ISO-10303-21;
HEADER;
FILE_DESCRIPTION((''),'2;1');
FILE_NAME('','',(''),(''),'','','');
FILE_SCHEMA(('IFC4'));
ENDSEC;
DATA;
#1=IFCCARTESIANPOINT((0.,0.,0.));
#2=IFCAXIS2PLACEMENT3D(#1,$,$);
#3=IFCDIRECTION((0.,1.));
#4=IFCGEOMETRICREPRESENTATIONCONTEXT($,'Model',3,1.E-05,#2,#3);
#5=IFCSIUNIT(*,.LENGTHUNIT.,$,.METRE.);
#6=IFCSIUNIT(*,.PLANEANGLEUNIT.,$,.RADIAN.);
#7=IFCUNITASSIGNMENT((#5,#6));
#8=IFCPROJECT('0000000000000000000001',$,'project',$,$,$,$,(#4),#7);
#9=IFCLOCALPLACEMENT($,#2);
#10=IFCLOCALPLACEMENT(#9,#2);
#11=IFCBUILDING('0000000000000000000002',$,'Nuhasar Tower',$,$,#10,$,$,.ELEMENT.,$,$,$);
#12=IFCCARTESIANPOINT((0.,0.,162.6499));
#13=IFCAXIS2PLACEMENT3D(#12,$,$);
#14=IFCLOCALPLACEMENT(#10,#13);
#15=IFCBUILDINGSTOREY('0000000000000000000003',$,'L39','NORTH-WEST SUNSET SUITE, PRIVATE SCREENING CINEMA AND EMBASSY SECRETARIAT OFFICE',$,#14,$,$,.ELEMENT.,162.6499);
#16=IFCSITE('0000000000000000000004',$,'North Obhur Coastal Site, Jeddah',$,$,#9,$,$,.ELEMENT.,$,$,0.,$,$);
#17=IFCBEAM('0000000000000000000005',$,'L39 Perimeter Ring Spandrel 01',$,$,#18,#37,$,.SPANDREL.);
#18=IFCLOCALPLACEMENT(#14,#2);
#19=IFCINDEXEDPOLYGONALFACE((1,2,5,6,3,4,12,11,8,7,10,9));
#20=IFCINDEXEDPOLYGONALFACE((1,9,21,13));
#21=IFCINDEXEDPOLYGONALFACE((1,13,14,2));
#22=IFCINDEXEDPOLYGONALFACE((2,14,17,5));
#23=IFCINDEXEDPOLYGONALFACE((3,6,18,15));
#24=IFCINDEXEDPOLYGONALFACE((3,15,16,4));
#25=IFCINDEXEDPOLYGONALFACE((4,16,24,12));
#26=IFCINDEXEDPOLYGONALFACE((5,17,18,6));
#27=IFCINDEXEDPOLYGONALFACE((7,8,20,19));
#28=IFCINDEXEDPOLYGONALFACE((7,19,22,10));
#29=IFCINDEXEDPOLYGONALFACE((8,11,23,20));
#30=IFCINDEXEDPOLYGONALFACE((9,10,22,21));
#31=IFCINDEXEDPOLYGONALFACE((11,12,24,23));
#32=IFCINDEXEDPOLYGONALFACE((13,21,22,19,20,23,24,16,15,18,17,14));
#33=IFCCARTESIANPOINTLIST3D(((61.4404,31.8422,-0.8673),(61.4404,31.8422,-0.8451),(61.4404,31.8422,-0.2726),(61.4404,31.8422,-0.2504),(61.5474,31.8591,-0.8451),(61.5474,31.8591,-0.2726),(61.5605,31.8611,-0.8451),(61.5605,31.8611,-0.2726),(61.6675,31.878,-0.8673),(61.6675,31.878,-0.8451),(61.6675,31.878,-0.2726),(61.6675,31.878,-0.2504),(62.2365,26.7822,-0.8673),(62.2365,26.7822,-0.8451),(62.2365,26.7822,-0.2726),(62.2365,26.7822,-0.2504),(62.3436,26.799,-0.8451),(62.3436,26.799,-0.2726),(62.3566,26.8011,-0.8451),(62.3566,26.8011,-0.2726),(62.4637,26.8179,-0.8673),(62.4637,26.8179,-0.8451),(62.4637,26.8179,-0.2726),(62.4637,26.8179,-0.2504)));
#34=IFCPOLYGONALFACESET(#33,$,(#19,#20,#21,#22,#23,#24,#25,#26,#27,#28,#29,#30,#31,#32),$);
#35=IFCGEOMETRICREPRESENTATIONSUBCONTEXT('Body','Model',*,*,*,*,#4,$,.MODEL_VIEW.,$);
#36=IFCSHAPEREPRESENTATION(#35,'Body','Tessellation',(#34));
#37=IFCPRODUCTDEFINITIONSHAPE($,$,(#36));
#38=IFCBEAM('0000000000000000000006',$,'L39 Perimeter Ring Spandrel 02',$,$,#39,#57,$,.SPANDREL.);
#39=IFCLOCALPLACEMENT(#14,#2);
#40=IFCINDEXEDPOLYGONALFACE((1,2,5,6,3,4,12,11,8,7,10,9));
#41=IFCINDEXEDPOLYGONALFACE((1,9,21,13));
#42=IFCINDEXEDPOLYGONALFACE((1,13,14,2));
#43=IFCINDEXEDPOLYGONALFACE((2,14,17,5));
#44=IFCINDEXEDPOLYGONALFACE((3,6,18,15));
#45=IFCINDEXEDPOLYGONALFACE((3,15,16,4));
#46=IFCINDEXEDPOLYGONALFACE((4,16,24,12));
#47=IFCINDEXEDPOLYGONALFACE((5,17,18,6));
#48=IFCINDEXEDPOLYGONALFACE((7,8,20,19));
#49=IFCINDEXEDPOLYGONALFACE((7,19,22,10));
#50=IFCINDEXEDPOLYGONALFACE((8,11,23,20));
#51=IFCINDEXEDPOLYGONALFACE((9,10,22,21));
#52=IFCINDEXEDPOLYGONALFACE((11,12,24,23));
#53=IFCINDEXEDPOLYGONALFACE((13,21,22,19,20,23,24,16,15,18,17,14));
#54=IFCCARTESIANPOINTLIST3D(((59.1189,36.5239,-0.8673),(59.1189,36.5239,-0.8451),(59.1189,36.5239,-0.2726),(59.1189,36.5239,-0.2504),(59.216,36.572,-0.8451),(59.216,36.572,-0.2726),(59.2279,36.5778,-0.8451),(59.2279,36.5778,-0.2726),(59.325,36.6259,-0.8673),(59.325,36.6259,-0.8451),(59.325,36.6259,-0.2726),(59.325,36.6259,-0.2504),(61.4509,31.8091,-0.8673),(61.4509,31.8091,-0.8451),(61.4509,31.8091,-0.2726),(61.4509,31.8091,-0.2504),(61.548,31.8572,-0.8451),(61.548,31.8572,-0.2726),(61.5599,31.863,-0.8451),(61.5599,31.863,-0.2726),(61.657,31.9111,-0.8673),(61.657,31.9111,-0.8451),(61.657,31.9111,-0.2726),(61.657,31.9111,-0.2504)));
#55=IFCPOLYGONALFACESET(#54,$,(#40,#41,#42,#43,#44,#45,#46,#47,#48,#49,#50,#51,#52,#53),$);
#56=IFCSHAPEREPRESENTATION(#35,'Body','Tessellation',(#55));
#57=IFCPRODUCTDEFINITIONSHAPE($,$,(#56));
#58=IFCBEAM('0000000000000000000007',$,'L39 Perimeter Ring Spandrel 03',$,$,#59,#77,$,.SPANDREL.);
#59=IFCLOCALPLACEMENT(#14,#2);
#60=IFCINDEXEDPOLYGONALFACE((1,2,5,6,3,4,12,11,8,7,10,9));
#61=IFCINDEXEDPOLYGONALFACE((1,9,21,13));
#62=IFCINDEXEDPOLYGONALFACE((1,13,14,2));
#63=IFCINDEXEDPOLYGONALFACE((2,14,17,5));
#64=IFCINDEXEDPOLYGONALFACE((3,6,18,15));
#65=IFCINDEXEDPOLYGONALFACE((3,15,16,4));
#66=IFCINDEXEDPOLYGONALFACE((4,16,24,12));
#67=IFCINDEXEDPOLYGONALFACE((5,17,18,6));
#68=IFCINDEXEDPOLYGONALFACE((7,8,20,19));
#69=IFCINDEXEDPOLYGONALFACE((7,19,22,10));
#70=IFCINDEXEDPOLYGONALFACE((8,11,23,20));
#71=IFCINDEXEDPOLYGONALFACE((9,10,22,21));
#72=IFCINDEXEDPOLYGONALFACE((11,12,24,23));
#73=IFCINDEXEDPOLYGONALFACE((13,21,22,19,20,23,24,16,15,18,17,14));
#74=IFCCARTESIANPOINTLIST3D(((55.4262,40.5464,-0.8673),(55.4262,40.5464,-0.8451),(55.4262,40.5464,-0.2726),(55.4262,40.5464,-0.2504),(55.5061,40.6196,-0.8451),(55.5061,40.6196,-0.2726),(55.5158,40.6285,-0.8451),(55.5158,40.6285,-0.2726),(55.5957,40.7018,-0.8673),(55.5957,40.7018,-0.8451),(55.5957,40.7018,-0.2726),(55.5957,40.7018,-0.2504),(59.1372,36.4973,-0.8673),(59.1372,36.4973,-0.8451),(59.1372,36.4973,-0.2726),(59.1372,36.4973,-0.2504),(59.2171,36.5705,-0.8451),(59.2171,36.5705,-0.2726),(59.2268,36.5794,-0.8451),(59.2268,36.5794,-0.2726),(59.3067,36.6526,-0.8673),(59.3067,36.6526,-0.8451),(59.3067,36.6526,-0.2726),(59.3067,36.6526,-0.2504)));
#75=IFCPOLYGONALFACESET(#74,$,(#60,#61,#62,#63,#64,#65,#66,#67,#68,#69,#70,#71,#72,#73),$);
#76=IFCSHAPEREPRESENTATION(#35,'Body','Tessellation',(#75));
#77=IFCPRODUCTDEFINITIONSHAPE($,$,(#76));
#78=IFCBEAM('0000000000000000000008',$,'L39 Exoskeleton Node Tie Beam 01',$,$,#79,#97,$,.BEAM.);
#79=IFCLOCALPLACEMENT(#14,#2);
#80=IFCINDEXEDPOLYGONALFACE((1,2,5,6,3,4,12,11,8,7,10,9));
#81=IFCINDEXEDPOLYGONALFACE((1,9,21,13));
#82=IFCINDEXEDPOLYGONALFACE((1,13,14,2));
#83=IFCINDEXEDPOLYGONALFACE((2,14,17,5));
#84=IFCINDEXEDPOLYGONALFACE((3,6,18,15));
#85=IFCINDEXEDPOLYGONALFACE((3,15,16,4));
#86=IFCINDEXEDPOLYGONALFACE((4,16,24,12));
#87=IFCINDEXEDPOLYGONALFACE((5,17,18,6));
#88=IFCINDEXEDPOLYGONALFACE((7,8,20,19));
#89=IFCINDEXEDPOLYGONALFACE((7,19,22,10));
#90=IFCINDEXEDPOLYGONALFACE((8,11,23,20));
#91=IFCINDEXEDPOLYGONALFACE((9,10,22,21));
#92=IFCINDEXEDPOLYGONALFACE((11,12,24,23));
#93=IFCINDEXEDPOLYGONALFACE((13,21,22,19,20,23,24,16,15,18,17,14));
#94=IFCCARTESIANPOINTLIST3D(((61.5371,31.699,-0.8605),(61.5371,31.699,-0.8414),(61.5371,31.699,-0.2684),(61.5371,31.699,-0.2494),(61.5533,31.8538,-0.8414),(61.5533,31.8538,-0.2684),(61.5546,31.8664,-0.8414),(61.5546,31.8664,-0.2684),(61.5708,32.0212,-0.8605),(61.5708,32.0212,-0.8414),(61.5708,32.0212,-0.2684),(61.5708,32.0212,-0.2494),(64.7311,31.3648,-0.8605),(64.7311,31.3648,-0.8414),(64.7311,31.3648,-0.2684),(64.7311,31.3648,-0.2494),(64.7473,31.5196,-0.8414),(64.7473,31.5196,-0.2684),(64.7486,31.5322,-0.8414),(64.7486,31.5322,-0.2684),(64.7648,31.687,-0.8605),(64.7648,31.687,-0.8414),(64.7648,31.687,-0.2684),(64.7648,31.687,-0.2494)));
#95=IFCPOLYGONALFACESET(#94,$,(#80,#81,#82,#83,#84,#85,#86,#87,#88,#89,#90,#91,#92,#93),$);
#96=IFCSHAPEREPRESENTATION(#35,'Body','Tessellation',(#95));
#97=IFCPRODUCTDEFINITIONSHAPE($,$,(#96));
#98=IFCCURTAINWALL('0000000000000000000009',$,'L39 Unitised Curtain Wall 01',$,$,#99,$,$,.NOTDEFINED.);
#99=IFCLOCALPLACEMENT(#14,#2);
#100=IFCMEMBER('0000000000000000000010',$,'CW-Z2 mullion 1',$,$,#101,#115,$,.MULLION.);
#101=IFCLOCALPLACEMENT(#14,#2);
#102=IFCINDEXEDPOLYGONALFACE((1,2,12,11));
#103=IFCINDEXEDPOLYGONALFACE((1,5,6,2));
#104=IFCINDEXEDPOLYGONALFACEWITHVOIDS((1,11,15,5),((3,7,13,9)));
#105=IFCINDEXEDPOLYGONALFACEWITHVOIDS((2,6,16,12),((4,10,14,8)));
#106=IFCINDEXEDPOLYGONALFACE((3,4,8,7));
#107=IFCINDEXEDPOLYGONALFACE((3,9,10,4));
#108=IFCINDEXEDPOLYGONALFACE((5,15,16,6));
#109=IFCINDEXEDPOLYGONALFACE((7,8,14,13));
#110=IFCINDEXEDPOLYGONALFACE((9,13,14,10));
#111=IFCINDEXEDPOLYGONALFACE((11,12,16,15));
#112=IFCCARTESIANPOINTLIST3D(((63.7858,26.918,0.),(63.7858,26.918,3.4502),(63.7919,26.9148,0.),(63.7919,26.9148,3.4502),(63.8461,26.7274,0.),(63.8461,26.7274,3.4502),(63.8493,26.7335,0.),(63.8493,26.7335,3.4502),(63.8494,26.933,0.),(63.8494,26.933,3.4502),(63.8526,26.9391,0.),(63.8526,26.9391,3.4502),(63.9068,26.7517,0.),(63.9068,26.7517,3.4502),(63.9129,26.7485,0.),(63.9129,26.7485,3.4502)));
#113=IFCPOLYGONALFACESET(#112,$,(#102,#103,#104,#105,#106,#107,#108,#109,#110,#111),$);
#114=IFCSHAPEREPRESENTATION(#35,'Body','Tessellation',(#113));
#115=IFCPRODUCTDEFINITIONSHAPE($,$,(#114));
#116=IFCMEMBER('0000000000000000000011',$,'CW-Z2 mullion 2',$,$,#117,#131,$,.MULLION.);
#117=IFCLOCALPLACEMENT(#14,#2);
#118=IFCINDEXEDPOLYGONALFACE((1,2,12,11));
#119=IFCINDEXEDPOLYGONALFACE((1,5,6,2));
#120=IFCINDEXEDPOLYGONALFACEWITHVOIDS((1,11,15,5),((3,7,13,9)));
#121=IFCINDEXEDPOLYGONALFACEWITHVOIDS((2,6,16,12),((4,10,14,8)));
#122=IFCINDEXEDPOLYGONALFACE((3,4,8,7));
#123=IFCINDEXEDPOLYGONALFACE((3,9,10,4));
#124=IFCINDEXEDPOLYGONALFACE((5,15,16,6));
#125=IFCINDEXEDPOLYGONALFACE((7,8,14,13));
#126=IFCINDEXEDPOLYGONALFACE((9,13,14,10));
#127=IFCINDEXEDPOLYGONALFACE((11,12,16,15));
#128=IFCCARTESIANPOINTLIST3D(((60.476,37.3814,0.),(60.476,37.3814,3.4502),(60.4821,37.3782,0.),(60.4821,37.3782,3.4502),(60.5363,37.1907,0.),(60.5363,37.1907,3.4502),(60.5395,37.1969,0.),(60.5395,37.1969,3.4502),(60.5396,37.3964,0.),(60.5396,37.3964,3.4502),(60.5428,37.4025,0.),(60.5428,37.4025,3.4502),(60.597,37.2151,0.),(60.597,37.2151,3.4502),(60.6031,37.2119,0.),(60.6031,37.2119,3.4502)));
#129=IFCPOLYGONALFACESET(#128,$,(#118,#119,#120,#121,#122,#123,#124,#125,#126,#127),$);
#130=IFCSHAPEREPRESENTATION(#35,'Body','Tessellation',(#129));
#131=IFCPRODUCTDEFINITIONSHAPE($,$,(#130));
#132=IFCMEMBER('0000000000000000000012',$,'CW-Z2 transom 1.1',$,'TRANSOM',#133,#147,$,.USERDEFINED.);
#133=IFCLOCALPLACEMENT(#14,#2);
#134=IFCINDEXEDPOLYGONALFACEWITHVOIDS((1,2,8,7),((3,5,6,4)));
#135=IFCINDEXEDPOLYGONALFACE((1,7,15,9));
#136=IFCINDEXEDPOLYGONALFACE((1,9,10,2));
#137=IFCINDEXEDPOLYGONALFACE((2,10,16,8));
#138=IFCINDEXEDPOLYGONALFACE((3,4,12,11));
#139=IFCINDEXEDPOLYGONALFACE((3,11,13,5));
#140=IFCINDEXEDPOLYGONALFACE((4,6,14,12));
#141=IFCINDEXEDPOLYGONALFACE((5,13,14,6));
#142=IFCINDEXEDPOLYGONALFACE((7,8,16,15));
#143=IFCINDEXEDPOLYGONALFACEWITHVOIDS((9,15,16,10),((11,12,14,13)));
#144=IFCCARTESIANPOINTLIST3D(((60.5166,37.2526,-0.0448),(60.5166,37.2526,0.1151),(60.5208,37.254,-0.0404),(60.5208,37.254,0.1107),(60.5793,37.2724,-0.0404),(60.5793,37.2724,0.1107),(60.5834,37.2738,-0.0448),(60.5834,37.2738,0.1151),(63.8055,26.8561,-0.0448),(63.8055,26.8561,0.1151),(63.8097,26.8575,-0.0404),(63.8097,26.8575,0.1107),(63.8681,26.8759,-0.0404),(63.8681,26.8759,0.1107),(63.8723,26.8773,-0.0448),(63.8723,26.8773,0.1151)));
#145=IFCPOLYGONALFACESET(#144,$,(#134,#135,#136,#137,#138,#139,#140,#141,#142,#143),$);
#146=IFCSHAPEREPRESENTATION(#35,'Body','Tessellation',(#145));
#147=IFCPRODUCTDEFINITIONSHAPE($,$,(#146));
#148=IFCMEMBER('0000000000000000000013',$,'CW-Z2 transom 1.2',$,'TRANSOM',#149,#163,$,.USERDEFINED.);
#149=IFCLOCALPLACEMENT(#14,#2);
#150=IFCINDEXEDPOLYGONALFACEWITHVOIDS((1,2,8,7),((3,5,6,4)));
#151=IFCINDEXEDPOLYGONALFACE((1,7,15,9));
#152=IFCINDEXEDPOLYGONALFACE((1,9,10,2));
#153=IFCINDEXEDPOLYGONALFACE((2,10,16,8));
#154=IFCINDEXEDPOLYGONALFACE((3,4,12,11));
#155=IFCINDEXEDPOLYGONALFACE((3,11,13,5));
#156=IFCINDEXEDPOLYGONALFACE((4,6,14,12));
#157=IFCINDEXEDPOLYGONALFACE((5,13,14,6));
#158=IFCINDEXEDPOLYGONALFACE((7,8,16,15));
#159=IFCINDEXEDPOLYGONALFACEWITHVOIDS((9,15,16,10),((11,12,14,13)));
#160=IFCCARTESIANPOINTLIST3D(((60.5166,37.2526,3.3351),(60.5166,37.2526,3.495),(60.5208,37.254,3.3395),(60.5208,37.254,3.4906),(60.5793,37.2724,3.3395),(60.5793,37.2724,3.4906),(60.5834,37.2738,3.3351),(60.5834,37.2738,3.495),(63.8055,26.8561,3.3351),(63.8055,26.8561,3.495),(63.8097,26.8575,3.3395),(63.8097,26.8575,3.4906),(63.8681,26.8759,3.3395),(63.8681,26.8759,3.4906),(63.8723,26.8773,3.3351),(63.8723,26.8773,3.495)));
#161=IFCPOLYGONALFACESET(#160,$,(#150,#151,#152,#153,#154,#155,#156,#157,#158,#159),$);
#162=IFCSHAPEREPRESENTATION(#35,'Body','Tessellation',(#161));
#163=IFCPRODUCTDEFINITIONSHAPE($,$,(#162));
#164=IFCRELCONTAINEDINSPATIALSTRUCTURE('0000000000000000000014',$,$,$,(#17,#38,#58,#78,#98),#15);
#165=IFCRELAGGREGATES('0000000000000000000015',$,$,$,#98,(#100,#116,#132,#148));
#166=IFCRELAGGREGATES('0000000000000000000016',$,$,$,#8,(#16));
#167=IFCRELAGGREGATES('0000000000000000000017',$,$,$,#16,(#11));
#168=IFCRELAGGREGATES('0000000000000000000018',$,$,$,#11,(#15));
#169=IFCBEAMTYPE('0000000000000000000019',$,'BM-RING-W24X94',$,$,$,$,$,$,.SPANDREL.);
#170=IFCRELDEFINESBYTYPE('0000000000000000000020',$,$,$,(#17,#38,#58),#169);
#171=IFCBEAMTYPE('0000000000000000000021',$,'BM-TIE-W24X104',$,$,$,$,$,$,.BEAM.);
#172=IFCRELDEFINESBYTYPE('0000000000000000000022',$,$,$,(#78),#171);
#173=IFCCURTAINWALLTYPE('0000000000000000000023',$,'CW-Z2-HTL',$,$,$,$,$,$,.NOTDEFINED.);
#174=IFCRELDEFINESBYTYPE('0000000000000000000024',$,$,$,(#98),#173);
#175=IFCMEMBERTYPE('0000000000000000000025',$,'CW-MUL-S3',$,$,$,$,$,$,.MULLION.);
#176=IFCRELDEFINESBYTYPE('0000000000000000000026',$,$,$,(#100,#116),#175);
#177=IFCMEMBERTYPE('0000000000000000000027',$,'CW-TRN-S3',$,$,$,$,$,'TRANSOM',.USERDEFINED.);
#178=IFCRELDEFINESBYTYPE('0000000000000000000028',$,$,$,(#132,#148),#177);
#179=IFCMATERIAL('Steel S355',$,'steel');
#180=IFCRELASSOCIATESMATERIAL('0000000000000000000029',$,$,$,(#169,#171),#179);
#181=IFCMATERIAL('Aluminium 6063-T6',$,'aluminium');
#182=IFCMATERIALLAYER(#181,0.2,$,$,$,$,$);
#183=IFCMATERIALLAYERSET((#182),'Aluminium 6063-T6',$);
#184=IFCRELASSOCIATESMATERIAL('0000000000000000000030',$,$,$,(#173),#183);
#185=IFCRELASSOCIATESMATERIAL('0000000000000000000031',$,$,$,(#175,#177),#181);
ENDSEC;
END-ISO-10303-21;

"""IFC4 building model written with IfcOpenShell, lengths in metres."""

from ifc_helpers import new_model, si_unit, direction, frame, origin, origin_2d, place, context, subcontext, project, spatial, hollow_rectangle, i_section, extrude, material, layer, layer_set, material_profile, profile_set, type_object, element, aggregate, save


model = new_model("IFC4")

# Units and contexts
model_context = context("Model", 3, precision=1e-05, world=origin(), true_north=direction((0.0, 1.0)))
body_context = subcontext(model_context, "Body", "Model", "MODEL_VIEW")
ifc_project = project(units=[si_unit("LENGTHUNIT", "METRE"), si_unit("PLANEANGLEUNIT", "RADIAN")], contexts=[model_context])

# Site, building, storey
site_placement = place(None, origin())
site = spatial("IfcSite", under=ifc_project, at=site_placement, Name="North Obhur Coastal Site, Jeddah", CompositionType="ELEMENT", RefElevation=0.0)
building_placement = place(site_placement, origin())
building = spatial("IfcBuilding", under=site, at=building_placement, Name="Nuhasar Tower", CompositionType="ELEMENT")
storey_placement = place(building_placement, frame((0.0, 0.0, 162.6499)))
storey = spatial("IfcBuildingStorey", under=building, at=storey_placement, Name="L39", Description="NORTH-WEST SUNSET SUITE, PRIVATE SCREENING CINEMA AND EMBASSY SECRETARIAT OFFICE", CompositionType="ELEMENT", Elevation=162.6499)

# Beams
ifc_material_1 = material(Name="Steel S355", Category="steel")
ifc_material_profile_1 = material_profile(ifc_material_1, i_section(OverallWidth=0.23, OverallDepth=0.6169, WebThickness=0.0132, FlangeThickness=0.0222, at=origin_2d()), Name="W24X94")
ifc_profile_set_1 = profile_set([ifc_material_profile_1], Name="Steel S355")
beam_type_1 = type_object("IfcBeamType", Name="BM-RING-W24X94", PredefinedType="SPANDREL", material=ifc_profile_set_1)
beam_1_placement = place(storey_placement, frame((62.3501, 26.8, -0.5588), z_axis=(-0.155427, 0.987847, 0.0), x_axis=(-0.987847, -0.155427, 0.0)))
element("IfcBeam", 1, at=beam_1_placement, inside=storey, type_object=beam_type_1, Name="L39 Perimeter Ring Spandrel 01", PredefinedType="SPANDREL", context=body_context, shape_type="SweptSolid", body=[
    extrude(i_section(OverallWidth=0.23, OverallDepth=0.6169, WebThickness=0.0132, FlangeThickness=0.0222, at=origin_2d()), origin(), (0.0, 0.0, 1.0), 5.1223),
])
beam_2_placement = place(storey_placement, frame((61.554, 31.8601, -0.5588), z_axis=(-0.443348, 0.89635, 0.0), x_axis=(-0.89635, -0.443348, 0.0)))
element("IfcBeam", 2, at=beam_2_placement, inside=storey, type_object=beam_type_1, Name="L39 Perimeter Ring Spandrel 02", PredefinedType="SPANDREL", context=body_context, shape_type="SweptSolid", body=[
    extrude(i_section(OverallWidth=0.23, OverallDepth=0.6169, WebThickness=0.0132, FlangeThickness=0.0222, at=origin_2d()), origin(), (0.0, 0.0, 1.0), 5.26),
])
beam_3_placement = place(storey_placement, frame((59.2219, 36.575, -0.5588), z_axis=(-0.675654, 0.737219, 0.0), x_axis=(-0.737219, -0.675654, 0.0)))
element("IfcBeam", 3, at=beam_3_placement, inside=storey, type_object=beam_type_1, Name="L39 Perimeter Ring Spandrel 03", PredefinedType="SPANDREL", context=body_context, shape_type="SweptSolid", body=[
    extrude(i_section(OverallWidth=0.23, OverallDepth=0.6169, WebThickness=0.0132, FlangeThickness=0.0222, at=origin_2d()), origin(), (0.0, 0.0, 1.0), 5.4924),
])
ifc_material_profile_2 = material_profile(ifc_material_1, i_section(OverallWidth=0.324, OverallDepth=0.6111, WebThickness=0.0127, FlangeThickness=0.019, at=origin_2d()), Name="W24X104")
ifc_profile_set_2 = profile_set([ifc_material_profile_2], Name="Steel S355")
beam_type_2 = type_object("IfcBeamType", Name="BM-TIE-W24X104", PredefinedType="BEAM", material=ifc_profile_set_2)
beam_4_placement = place(storey_placement, frame((61.554, 31.8601, -0.5549), z_axis=(0.99457, -0.104071, 0.0), x_axis=(0.104071, 0.99457, 0.0)))
element("IfcBeam", 4, at=beam_4_placement, inside=storey, type_object=beam_type_2, Name="L39 Exoskeleton Node Tie Beam 01", PredefinedType="BEAM", context=body_context, shape_type="SweptSolid", body=[
    extrude(i_section(OverallWidth=0.324, OverallDepth=0.6111, WebThickness=0.0127, FlangeThickness=0.019, at=origin_2d()), origin(), (0.0, 0.0, 1.0), 3.2114),
])

# Curtain wall, members
ifc_material_2 = material(Name="Aluminium 6063-T6", Category="aluminium")
ifc_layer_1 = layer(ifc_material_2, 0.2)
ifc_layer_set_1 = layer_set([ifc_layer_1], Name="Aluminium 6063-T6")
curtain_wall_type = type_object("IfcCurtainWallType", Name="CW-Z2-HTL", PredefinedType="NOTDEFINED", material=ifc_layer_set_1)
curtain_wall_placement = place(storey_placement, origin())
curtain_wall = element("IfcCurtainWall", 5, at=curtain_wall_placement, inside=storey, type_object=curtain_wall_type, Name="L39 Unitised Curtain Wall 01", PredefinedType="NOTDEFINED")
ifc_material_profile_3 = material_profile(ifc_material_2, hollow_rectangle(XDim=0.0701, YDim=0.2, WallThickness=0.0049, at=origin_2d()), Name="CWM-3")
ifc_profile_set_3 = profile_set([ifc_material_profile_3], Name="Aluminium 6063-T6")
member_type_1 = type_object("IfcMemberType", Name="CW-MUL-S3", PredefinedType="MULLION", material=ifc_profile_set_3)
member_1_placement = place(storey_placement, frame((63.8494, 26.8333, 0.0), z_axis=(0.0, 0.0, 1.0), x_axis=(-0.953433, -0.301604, 0.0)))
member_1 = element("IfcMember", 6, at=member_1_placement, type_object=member_type_1, Name="CW-Z2 mullion 1", PredefinedType="MULLION", context=body_context, shape_type="SweptSolid", body=[
    extrude(hollow_rectangle(XDim=0.0701, YDim=0.2, WallThickness=0.0049, at=origin_2d()), origin(), (0.0, 0.0, 1.0), 3.4502),
])
member_2_placement = place(storey_placement, frame((60.5396, 37.2966, 0.0), z_axis=(0.0, 0.0, 1.0), x_axis=(-0.953433, -0.301604, 0.0)))
member_2 = element("IfcMember", 7, at=member_2_placement, type_object=member_type_1, Name="CW-Z2 mullion 2", PredefinedType="MULLION", context=body_context, shape_type="SweptSolid", body=[
    extrude(hollow_rectangle(XDim=0.0701, YDim=0.2, WallThickness=0.0049, at=origin_2d()), origin(), (0.0, 0.0, 1.0), 3.4502),
])
ifc_material_profile_4 = material_profile(ifc_material_2, hollow_rectangle(XDim=0.0701, YDim=0.1599, WallThickness=0.0044, at=origin_2d()), Name="CWT-3")
ifc_profile_set_4 = profile_set([ifc_material_profile_4], Name="Aluminium 6063-T6")
member_type_2 = type_object("IfcMemberType", Name="CW-TRN-S3", ElementType="TRANSOM", PredefinedType="USERDEFINED", material=ifc_profile_set_4)
member_3_placement = place(storey_placement, frame((63.8389, 26.8667, 0.0352), z_axis=(-0.301608, 0.953432, 0.0), x_axis=(-0.953432, -0.301608, 0.0)))
member_3 = element("IfcMember", 8, at=member_3_placement, type_object=member_type_2, Name="CW-Z2 transom 1.1", ObjectType="TRANSOM", PredefinedType="USERDEFINED", context=body_context, shape_type="SweptSolid", body=[
    extrude(hollow_rectangle(XDim=0.0701, YDim=0.1599, WallThickness=0.0044, at=origin_2d()), origin(), (0.0, 0.0, 1.0), 10.9043),
])
member_4_placement = place(storey_placement, frame((63.8389, 26.8667, 3.415), z_axis=(-0.301608, 0.953432, 0.0), x_axis=(-0.953432, -0.301608, 0.0)))
member_4 = element("IfcMember", 9, at=member_4_placement, type_object=member_type_2, Name="CW-Z2 transom 1.2", ObjectType="TRANSOM", PredefinedType="USERDEFINED", context=body_context, shape_type="SweptSolid", body=[
    extrude(hollow_rectangle(XDim=0.0701, YDim=0.1599, WallThickness=0.0044, at=origin_2d()), origin(), (0.0, 0.0, 1.0), 10.9043),
])

aggregate(curtain_wall, [member_1, member_2, member_3, member_4])

save(model, "model.ifc")
